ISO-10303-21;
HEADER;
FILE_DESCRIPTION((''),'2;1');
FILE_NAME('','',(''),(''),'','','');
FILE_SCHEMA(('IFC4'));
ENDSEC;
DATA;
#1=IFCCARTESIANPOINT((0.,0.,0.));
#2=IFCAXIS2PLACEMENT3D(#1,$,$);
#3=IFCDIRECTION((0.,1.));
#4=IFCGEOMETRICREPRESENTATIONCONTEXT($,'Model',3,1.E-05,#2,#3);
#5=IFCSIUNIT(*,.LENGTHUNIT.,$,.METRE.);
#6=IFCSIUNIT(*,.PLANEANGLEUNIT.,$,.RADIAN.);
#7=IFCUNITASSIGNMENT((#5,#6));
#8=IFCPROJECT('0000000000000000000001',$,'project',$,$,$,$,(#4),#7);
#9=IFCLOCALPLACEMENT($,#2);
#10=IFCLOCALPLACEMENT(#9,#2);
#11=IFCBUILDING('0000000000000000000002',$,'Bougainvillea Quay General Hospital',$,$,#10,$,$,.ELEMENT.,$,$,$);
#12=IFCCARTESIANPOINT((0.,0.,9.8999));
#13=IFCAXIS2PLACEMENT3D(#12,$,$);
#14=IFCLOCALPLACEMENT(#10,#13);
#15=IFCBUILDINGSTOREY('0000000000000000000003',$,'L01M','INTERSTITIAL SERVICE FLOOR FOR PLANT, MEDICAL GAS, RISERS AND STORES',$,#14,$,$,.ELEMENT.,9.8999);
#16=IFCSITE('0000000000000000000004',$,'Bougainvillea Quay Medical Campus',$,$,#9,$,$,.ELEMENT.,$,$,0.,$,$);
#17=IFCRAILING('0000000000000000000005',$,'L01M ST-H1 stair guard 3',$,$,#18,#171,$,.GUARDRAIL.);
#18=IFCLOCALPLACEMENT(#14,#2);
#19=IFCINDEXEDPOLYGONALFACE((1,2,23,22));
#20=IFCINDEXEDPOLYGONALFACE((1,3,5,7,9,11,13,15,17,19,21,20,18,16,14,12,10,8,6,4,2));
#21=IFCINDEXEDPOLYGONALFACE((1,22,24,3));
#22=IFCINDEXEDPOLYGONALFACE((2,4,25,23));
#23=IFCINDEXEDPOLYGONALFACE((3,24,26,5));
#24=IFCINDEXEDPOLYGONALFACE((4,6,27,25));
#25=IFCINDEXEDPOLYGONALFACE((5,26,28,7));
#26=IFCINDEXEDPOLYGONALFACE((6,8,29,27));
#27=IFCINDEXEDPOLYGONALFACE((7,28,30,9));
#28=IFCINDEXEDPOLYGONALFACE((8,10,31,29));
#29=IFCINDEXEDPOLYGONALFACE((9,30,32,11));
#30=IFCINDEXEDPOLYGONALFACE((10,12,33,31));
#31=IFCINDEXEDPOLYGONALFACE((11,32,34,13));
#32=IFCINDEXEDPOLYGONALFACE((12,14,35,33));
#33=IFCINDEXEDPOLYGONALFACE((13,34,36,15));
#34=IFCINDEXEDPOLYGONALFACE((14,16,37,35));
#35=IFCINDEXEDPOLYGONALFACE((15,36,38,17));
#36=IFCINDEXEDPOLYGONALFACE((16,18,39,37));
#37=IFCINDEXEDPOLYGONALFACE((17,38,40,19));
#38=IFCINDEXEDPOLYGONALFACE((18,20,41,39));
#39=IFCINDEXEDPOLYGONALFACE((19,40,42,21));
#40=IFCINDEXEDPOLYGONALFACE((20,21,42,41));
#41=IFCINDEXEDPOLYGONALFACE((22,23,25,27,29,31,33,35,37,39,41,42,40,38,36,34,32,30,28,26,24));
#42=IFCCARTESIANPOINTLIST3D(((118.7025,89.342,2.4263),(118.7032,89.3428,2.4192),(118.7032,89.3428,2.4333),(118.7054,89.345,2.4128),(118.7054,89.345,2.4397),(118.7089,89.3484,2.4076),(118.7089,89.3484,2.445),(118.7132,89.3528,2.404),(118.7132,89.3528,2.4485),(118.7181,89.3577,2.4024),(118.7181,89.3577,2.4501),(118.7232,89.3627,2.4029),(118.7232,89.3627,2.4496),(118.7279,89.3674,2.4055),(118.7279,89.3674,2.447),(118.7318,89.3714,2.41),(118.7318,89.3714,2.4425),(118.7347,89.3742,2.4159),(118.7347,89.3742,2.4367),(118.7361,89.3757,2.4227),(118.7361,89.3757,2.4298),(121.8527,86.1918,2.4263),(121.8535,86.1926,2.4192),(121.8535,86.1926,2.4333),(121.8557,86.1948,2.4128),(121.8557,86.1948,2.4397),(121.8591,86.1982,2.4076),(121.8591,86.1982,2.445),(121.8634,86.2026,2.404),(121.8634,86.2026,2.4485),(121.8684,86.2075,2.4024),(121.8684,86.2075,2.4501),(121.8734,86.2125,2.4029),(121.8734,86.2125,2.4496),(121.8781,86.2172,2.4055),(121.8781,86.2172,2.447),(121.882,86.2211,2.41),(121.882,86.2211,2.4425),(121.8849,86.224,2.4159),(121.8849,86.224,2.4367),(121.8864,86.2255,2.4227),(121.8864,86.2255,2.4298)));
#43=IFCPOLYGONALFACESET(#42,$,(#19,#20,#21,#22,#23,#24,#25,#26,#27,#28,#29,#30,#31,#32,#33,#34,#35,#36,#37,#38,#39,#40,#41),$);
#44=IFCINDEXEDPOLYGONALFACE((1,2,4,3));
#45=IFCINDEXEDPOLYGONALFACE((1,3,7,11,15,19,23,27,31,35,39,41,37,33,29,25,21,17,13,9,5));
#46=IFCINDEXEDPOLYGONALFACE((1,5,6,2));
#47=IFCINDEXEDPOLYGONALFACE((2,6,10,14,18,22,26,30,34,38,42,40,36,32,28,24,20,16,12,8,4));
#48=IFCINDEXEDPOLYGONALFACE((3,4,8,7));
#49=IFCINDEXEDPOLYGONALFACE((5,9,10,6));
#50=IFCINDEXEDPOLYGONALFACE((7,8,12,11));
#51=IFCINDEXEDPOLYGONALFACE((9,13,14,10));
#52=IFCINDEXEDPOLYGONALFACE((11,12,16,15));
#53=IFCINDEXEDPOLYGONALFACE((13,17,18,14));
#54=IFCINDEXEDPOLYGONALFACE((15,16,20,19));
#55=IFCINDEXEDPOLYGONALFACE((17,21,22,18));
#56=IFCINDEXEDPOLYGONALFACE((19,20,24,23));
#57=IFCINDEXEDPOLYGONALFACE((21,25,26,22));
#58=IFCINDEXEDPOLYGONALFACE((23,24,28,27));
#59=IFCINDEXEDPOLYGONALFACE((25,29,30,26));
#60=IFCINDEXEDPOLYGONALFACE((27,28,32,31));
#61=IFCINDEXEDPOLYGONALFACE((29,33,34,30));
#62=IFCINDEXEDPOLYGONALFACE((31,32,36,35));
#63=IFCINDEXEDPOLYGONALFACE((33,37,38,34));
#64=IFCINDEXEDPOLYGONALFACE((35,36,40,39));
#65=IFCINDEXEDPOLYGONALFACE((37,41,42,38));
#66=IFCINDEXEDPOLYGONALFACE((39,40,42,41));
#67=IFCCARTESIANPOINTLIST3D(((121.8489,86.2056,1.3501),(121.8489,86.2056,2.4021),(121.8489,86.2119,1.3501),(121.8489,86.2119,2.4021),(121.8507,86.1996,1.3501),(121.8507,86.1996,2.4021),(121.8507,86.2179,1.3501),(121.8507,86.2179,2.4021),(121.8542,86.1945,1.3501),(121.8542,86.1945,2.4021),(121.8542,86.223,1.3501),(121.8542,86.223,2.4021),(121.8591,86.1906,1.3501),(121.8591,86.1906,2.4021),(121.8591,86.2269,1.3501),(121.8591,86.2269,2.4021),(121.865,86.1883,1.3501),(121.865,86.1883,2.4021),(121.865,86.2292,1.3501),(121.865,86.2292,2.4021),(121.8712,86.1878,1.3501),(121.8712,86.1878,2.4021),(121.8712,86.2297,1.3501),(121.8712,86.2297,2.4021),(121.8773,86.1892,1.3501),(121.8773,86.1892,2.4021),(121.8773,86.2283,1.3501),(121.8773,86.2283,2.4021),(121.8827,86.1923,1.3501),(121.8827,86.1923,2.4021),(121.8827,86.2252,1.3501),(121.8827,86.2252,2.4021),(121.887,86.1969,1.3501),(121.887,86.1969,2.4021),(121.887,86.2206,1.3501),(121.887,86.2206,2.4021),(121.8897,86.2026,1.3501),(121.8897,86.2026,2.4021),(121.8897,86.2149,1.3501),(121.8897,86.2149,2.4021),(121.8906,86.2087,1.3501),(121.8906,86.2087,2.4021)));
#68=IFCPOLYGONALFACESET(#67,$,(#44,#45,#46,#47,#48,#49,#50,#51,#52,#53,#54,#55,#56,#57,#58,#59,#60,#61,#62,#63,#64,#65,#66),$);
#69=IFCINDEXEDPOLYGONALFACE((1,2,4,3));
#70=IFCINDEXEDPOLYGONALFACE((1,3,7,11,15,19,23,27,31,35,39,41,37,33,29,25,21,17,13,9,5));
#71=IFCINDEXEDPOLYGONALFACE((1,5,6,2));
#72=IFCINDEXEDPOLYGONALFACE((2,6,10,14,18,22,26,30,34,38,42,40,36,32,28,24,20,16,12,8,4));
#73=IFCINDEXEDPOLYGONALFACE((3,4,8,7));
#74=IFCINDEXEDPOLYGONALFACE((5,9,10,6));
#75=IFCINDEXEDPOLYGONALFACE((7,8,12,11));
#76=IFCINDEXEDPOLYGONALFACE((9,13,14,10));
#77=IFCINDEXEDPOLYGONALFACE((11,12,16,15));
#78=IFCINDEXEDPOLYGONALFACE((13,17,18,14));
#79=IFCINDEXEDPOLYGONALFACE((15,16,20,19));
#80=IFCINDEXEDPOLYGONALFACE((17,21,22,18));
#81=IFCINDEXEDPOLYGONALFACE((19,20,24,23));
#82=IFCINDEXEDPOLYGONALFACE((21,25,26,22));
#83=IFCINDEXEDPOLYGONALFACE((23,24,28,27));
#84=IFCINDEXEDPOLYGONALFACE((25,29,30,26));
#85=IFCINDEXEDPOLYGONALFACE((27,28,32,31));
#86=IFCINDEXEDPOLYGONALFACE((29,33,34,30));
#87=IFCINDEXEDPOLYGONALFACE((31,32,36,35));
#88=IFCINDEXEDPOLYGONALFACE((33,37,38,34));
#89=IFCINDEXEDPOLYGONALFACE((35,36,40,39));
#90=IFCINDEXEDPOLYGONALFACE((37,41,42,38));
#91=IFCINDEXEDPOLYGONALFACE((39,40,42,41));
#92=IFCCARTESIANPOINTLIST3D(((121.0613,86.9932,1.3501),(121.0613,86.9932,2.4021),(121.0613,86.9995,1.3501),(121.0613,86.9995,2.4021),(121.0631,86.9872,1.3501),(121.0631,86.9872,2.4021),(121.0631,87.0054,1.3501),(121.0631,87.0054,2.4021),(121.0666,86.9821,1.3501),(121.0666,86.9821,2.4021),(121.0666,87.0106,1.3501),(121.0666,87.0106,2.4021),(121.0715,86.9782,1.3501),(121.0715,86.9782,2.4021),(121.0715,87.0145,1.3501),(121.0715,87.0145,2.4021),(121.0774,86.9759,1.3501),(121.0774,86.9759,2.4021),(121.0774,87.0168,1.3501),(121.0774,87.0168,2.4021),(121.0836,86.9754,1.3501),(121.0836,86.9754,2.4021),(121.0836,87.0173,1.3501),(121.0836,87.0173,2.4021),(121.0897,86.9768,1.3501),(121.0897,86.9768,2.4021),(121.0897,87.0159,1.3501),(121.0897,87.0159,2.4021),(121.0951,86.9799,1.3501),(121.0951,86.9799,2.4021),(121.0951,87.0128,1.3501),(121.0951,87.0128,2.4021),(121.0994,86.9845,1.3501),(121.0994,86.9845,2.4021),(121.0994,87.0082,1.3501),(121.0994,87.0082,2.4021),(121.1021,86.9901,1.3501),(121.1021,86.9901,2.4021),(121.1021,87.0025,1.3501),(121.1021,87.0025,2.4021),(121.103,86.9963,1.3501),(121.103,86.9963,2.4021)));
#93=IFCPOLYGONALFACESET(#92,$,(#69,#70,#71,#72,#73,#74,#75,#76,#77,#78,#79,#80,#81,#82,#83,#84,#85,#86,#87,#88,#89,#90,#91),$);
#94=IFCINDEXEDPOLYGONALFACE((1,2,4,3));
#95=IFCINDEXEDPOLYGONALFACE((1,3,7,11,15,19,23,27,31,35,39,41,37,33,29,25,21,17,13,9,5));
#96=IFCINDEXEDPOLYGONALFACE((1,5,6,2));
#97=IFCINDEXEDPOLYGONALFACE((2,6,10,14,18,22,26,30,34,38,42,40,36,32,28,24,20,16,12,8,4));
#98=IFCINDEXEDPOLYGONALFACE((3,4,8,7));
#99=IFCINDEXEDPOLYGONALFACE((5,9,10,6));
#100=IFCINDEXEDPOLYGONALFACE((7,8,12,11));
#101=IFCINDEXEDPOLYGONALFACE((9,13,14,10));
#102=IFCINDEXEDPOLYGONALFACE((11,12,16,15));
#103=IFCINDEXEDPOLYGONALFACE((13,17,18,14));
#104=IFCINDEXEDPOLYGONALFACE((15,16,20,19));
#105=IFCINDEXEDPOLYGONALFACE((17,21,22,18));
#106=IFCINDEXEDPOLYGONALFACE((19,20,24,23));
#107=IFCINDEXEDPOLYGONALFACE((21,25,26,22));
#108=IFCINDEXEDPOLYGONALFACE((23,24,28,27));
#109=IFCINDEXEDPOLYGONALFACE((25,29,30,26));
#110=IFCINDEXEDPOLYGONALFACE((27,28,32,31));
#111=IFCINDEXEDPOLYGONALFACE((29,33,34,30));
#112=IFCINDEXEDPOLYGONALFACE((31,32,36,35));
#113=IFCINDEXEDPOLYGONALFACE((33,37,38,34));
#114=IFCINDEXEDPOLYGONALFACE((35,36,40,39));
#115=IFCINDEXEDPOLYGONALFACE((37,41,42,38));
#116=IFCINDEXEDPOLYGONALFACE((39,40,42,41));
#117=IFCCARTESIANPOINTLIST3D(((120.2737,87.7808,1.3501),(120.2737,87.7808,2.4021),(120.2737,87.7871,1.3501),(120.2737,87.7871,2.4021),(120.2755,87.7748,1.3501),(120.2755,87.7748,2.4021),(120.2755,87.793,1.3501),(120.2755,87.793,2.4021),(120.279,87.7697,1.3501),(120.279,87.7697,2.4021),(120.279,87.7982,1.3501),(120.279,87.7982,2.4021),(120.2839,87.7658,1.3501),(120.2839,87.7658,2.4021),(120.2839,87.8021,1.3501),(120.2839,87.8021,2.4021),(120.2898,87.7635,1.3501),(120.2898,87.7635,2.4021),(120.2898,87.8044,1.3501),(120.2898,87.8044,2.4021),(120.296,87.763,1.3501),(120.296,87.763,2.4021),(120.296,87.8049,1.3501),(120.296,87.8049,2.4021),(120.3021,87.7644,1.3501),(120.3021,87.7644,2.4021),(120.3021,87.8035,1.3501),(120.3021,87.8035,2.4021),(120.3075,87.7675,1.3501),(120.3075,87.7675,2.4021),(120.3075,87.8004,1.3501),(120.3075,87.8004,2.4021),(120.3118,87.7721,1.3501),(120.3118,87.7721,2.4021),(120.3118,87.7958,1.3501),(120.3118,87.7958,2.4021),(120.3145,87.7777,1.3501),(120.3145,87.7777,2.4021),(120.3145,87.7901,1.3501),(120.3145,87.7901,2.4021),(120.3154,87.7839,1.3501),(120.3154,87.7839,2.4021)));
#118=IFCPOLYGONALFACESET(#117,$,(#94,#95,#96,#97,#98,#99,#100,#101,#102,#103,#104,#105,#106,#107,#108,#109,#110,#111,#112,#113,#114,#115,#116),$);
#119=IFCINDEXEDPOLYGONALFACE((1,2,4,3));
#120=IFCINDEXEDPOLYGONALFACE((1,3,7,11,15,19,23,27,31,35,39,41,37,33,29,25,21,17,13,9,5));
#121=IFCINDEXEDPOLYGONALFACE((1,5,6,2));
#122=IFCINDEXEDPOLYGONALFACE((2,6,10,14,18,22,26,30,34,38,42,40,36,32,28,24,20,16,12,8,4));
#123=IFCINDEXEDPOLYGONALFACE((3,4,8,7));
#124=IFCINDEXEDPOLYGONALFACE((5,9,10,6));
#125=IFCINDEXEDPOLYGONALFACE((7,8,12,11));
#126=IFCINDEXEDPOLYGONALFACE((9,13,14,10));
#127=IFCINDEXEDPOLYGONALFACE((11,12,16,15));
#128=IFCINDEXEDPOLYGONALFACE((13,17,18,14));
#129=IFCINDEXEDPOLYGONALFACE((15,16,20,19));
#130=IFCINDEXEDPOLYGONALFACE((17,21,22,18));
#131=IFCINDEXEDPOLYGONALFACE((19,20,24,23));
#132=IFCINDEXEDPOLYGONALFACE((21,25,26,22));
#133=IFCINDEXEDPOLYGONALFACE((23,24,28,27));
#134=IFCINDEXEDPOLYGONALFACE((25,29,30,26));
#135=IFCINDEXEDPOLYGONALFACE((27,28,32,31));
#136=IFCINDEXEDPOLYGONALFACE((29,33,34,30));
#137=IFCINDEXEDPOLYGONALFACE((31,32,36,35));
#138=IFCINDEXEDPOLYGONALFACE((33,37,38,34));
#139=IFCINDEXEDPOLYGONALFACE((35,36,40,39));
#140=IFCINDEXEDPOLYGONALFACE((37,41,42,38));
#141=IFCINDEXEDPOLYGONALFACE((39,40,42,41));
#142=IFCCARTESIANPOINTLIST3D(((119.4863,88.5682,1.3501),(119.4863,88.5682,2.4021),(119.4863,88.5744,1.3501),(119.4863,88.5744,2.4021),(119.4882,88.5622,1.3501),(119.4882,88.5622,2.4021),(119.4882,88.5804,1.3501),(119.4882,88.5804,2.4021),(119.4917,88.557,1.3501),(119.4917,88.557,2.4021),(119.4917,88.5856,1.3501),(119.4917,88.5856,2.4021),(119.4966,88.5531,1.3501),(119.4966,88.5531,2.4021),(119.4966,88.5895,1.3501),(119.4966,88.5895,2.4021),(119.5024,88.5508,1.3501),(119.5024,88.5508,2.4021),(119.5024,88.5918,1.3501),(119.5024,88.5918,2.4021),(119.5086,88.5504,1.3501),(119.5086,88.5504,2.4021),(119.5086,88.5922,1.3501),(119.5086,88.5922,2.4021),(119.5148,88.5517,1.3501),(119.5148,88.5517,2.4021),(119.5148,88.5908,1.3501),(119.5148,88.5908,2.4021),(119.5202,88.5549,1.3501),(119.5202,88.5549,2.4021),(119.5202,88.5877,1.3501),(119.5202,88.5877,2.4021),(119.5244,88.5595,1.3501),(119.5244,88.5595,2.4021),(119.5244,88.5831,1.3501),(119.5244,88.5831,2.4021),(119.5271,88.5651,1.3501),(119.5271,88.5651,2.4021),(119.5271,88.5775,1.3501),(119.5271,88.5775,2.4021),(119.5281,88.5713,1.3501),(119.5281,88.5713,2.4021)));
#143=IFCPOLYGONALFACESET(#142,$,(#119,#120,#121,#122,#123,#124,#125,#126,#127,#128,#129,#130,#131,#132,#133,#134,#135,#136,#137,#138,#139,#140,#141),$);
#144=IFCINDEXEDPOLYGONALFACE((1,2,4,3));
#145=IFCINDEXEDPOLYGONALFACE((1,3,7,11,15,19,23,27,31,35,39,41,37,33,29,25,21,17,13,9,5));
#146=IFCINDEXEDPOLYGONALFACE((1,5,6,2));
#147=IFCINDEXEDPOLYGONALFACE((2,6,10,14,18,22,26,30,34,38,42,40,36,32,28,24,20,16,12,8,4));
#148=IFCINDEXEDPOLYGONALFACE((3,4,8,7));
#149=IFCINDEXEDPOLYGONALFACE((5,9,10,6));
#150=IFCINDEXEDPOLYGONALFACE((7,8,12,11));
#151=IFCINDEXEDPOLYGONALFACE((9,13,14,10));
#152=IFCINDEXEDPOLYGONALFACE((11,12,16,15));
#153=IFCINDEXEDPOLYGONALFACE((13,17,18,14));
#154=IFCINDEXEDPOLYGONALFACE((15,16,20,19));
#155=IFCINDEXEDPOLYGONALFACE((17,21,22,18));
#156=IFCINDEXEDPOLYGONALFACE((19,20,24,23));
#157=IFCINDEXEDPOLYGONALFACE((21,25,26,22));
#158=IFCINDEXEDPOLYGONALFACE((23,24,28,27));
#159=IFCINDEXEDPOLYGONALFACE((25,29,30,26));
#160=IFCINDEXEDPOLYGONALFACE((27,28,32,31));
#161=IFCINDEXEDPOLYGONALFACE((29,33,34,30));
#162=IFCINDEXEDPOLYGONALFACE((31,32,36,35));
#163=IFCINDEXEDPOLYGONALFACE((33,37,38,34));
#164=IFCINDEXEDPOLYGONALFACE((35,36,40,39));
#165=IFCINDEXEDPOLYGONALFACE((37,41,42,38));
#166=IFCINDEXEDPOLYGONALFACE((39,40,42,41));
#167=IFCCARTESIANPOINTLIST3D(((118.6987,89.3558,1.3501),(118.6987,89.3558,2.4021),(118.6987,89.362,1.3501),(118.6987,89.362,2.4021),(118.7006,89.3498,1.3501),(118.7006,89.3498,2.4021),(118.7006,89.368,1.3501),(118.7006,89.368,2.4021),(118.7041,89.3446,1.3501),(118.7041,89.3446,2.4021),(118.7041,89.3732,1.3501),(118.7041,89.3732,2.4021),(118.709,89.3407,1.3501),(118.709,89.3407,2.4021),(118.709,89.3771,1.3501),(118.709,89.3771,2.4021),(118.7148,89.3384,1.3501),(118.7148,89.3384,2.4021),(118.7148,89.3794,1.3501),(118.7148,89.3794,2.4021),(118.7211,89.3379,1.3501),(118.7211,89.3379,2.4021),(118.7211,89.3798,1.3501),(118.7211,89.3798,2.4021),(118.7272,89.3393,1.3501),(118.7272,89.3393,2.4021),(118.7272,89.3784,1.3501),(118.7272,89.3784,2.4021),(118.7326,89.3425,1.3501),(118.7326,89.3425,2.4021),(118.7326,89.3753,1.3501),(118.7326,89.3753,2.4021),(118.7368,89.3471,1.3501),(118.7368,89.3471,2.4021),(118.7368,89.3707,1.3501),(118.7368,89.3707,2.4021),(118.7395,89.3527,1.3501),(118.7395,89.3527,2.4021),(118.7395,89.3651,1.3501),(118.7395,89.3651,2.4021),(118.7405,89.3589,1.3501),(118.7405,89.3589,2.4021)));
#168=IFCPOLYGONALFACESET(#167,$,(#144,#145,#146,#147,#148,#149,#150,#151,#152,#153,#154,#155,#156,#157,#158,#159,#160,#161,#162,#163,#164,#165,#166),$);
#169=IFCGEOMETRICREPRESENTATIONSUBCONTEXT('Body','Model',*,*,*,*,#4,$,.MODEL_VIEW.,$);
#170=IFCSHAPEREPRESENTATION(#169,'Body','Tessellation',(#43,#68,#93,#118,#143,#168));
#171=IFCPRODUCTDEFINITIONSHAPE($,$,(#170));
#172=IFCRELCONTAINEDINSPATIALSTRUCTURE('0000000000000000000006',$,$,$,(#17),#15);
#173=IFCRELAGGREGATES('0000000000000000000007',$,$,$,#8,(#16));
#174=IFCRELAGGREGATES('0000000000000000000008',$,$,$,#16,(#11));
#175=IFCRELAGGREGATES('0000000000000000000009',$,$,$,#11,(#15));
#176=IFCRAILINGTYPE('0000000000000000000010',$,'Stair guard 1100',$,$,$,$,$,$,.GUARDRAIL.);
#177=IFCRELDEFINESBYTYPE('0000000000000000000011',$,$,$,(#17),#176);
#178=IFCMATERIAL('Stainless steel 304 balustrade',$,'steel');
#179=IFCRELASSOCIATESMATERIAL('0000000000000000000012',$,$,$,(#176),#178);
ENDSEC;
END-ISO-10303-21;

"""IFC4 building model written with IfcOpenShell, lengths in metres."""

from ifc_helpers import new_model, si_unit, direction, frame, origin, origin_2d, place, context, subcontext, project, spatial, circle, extrude, material, type_object, element, save


model = new_model("IFC4")

# Units and contexts
model_context = context("Model", 3, precision=1e-05, world=origin(), true_north=direction((0.0, 1.0)))
body_context = subcontext(model_context, "Body", "Model", "MODEL_VIEW")
ifc_project = project(units=[si_unit("LENGTHUNIT", "METRE"), si_unit("PLANEANGLEUNIT", "RADIAN")], contexts=[model_context])

# Site, building, storey
site_placement = place(None, origin())
site = spatial("IfcSite", under=ifc_project, at=site_placement, Name="Bougainvillea Quay Medical Campus", CompositionType="ELEMENT", RefElevation=0.0)
building_placement = place(site_placement, origin())
building = spatial("IfcBuilding", under=site, at=building_placement, Name="Bougainvillea Quay General Hospital", CompositionType="ELEMENT")
storey_placement = place(building_placement, frame((0.0, 0.0, 9.8999)))
storey = spatial("IfcBuildingStorey", under=building, at=storey_placement, Name="L01M", Description="INTERSTITIAL SERVICE FLOOR FOR PLANT, MEDICAL GAS, RISERS AND STORES", CompositionType="ELEMENT", Elevation=9.8999)

# Railing
ifc_material_1 = material(Name="Stainless steel 304 balustrade", Category="steel")
railing_type_1 = type_object("IfcRailingType", Name="Stair guard 1100", PredefinedType="GUARDRAIL", material=ifc_material_1)
railing_1_placement = place(storey_placement, frame((121.8696, 86.2087, 1.3501)))
element("IfcRailing", 1, at=railing_1_placement, inside=storey, type_object=railing_type_1, Name="L01M ST-H1 stair guard 3", PredefinedType="GUARDRAIL", context=body_context, shape_type="SweptSolid", body=[
    extrude(circle(Radius=0.0239, at=origin_2d()), frame((0.0, 0.0, 1.0762), z_axis=(-0.707107, 0.707107, 0.0), x_axis=(-0.707107, -0.707107, 0.0)), (0.0, 0.0, 1.0), 4.4551),
    extrude(circle(Radius=0.021, at=origin_2d()), origin(), (0.0, 0.0, 1.0), 1.052),
    extrude(circle(Radius=0.021, at=origin_2d()), frame((-0.7876, 0.7876, 0.0)), (0.0, 0.0, 1.0), 1.052),
    extrude(circle(Radius=0.021, at=origin_2d()), frame((-1.5752, 1.5752, 0.0)), (0.0, 0.0, 1.0), 1.052),
    extrude(circle(Radius=0.021, at=origin_2d()), frame((-2.3625, 2.3625, 0.0)), (0.0, 0.0, 1.0), 1.052),
    extrude(circle(Radius=0.021, at=origin_2d()), frame((-3.1501, 3.1501, 0.0)), (0.0, 0.0, 1.0), 1.052),
])

save(model, "model.ifc")
